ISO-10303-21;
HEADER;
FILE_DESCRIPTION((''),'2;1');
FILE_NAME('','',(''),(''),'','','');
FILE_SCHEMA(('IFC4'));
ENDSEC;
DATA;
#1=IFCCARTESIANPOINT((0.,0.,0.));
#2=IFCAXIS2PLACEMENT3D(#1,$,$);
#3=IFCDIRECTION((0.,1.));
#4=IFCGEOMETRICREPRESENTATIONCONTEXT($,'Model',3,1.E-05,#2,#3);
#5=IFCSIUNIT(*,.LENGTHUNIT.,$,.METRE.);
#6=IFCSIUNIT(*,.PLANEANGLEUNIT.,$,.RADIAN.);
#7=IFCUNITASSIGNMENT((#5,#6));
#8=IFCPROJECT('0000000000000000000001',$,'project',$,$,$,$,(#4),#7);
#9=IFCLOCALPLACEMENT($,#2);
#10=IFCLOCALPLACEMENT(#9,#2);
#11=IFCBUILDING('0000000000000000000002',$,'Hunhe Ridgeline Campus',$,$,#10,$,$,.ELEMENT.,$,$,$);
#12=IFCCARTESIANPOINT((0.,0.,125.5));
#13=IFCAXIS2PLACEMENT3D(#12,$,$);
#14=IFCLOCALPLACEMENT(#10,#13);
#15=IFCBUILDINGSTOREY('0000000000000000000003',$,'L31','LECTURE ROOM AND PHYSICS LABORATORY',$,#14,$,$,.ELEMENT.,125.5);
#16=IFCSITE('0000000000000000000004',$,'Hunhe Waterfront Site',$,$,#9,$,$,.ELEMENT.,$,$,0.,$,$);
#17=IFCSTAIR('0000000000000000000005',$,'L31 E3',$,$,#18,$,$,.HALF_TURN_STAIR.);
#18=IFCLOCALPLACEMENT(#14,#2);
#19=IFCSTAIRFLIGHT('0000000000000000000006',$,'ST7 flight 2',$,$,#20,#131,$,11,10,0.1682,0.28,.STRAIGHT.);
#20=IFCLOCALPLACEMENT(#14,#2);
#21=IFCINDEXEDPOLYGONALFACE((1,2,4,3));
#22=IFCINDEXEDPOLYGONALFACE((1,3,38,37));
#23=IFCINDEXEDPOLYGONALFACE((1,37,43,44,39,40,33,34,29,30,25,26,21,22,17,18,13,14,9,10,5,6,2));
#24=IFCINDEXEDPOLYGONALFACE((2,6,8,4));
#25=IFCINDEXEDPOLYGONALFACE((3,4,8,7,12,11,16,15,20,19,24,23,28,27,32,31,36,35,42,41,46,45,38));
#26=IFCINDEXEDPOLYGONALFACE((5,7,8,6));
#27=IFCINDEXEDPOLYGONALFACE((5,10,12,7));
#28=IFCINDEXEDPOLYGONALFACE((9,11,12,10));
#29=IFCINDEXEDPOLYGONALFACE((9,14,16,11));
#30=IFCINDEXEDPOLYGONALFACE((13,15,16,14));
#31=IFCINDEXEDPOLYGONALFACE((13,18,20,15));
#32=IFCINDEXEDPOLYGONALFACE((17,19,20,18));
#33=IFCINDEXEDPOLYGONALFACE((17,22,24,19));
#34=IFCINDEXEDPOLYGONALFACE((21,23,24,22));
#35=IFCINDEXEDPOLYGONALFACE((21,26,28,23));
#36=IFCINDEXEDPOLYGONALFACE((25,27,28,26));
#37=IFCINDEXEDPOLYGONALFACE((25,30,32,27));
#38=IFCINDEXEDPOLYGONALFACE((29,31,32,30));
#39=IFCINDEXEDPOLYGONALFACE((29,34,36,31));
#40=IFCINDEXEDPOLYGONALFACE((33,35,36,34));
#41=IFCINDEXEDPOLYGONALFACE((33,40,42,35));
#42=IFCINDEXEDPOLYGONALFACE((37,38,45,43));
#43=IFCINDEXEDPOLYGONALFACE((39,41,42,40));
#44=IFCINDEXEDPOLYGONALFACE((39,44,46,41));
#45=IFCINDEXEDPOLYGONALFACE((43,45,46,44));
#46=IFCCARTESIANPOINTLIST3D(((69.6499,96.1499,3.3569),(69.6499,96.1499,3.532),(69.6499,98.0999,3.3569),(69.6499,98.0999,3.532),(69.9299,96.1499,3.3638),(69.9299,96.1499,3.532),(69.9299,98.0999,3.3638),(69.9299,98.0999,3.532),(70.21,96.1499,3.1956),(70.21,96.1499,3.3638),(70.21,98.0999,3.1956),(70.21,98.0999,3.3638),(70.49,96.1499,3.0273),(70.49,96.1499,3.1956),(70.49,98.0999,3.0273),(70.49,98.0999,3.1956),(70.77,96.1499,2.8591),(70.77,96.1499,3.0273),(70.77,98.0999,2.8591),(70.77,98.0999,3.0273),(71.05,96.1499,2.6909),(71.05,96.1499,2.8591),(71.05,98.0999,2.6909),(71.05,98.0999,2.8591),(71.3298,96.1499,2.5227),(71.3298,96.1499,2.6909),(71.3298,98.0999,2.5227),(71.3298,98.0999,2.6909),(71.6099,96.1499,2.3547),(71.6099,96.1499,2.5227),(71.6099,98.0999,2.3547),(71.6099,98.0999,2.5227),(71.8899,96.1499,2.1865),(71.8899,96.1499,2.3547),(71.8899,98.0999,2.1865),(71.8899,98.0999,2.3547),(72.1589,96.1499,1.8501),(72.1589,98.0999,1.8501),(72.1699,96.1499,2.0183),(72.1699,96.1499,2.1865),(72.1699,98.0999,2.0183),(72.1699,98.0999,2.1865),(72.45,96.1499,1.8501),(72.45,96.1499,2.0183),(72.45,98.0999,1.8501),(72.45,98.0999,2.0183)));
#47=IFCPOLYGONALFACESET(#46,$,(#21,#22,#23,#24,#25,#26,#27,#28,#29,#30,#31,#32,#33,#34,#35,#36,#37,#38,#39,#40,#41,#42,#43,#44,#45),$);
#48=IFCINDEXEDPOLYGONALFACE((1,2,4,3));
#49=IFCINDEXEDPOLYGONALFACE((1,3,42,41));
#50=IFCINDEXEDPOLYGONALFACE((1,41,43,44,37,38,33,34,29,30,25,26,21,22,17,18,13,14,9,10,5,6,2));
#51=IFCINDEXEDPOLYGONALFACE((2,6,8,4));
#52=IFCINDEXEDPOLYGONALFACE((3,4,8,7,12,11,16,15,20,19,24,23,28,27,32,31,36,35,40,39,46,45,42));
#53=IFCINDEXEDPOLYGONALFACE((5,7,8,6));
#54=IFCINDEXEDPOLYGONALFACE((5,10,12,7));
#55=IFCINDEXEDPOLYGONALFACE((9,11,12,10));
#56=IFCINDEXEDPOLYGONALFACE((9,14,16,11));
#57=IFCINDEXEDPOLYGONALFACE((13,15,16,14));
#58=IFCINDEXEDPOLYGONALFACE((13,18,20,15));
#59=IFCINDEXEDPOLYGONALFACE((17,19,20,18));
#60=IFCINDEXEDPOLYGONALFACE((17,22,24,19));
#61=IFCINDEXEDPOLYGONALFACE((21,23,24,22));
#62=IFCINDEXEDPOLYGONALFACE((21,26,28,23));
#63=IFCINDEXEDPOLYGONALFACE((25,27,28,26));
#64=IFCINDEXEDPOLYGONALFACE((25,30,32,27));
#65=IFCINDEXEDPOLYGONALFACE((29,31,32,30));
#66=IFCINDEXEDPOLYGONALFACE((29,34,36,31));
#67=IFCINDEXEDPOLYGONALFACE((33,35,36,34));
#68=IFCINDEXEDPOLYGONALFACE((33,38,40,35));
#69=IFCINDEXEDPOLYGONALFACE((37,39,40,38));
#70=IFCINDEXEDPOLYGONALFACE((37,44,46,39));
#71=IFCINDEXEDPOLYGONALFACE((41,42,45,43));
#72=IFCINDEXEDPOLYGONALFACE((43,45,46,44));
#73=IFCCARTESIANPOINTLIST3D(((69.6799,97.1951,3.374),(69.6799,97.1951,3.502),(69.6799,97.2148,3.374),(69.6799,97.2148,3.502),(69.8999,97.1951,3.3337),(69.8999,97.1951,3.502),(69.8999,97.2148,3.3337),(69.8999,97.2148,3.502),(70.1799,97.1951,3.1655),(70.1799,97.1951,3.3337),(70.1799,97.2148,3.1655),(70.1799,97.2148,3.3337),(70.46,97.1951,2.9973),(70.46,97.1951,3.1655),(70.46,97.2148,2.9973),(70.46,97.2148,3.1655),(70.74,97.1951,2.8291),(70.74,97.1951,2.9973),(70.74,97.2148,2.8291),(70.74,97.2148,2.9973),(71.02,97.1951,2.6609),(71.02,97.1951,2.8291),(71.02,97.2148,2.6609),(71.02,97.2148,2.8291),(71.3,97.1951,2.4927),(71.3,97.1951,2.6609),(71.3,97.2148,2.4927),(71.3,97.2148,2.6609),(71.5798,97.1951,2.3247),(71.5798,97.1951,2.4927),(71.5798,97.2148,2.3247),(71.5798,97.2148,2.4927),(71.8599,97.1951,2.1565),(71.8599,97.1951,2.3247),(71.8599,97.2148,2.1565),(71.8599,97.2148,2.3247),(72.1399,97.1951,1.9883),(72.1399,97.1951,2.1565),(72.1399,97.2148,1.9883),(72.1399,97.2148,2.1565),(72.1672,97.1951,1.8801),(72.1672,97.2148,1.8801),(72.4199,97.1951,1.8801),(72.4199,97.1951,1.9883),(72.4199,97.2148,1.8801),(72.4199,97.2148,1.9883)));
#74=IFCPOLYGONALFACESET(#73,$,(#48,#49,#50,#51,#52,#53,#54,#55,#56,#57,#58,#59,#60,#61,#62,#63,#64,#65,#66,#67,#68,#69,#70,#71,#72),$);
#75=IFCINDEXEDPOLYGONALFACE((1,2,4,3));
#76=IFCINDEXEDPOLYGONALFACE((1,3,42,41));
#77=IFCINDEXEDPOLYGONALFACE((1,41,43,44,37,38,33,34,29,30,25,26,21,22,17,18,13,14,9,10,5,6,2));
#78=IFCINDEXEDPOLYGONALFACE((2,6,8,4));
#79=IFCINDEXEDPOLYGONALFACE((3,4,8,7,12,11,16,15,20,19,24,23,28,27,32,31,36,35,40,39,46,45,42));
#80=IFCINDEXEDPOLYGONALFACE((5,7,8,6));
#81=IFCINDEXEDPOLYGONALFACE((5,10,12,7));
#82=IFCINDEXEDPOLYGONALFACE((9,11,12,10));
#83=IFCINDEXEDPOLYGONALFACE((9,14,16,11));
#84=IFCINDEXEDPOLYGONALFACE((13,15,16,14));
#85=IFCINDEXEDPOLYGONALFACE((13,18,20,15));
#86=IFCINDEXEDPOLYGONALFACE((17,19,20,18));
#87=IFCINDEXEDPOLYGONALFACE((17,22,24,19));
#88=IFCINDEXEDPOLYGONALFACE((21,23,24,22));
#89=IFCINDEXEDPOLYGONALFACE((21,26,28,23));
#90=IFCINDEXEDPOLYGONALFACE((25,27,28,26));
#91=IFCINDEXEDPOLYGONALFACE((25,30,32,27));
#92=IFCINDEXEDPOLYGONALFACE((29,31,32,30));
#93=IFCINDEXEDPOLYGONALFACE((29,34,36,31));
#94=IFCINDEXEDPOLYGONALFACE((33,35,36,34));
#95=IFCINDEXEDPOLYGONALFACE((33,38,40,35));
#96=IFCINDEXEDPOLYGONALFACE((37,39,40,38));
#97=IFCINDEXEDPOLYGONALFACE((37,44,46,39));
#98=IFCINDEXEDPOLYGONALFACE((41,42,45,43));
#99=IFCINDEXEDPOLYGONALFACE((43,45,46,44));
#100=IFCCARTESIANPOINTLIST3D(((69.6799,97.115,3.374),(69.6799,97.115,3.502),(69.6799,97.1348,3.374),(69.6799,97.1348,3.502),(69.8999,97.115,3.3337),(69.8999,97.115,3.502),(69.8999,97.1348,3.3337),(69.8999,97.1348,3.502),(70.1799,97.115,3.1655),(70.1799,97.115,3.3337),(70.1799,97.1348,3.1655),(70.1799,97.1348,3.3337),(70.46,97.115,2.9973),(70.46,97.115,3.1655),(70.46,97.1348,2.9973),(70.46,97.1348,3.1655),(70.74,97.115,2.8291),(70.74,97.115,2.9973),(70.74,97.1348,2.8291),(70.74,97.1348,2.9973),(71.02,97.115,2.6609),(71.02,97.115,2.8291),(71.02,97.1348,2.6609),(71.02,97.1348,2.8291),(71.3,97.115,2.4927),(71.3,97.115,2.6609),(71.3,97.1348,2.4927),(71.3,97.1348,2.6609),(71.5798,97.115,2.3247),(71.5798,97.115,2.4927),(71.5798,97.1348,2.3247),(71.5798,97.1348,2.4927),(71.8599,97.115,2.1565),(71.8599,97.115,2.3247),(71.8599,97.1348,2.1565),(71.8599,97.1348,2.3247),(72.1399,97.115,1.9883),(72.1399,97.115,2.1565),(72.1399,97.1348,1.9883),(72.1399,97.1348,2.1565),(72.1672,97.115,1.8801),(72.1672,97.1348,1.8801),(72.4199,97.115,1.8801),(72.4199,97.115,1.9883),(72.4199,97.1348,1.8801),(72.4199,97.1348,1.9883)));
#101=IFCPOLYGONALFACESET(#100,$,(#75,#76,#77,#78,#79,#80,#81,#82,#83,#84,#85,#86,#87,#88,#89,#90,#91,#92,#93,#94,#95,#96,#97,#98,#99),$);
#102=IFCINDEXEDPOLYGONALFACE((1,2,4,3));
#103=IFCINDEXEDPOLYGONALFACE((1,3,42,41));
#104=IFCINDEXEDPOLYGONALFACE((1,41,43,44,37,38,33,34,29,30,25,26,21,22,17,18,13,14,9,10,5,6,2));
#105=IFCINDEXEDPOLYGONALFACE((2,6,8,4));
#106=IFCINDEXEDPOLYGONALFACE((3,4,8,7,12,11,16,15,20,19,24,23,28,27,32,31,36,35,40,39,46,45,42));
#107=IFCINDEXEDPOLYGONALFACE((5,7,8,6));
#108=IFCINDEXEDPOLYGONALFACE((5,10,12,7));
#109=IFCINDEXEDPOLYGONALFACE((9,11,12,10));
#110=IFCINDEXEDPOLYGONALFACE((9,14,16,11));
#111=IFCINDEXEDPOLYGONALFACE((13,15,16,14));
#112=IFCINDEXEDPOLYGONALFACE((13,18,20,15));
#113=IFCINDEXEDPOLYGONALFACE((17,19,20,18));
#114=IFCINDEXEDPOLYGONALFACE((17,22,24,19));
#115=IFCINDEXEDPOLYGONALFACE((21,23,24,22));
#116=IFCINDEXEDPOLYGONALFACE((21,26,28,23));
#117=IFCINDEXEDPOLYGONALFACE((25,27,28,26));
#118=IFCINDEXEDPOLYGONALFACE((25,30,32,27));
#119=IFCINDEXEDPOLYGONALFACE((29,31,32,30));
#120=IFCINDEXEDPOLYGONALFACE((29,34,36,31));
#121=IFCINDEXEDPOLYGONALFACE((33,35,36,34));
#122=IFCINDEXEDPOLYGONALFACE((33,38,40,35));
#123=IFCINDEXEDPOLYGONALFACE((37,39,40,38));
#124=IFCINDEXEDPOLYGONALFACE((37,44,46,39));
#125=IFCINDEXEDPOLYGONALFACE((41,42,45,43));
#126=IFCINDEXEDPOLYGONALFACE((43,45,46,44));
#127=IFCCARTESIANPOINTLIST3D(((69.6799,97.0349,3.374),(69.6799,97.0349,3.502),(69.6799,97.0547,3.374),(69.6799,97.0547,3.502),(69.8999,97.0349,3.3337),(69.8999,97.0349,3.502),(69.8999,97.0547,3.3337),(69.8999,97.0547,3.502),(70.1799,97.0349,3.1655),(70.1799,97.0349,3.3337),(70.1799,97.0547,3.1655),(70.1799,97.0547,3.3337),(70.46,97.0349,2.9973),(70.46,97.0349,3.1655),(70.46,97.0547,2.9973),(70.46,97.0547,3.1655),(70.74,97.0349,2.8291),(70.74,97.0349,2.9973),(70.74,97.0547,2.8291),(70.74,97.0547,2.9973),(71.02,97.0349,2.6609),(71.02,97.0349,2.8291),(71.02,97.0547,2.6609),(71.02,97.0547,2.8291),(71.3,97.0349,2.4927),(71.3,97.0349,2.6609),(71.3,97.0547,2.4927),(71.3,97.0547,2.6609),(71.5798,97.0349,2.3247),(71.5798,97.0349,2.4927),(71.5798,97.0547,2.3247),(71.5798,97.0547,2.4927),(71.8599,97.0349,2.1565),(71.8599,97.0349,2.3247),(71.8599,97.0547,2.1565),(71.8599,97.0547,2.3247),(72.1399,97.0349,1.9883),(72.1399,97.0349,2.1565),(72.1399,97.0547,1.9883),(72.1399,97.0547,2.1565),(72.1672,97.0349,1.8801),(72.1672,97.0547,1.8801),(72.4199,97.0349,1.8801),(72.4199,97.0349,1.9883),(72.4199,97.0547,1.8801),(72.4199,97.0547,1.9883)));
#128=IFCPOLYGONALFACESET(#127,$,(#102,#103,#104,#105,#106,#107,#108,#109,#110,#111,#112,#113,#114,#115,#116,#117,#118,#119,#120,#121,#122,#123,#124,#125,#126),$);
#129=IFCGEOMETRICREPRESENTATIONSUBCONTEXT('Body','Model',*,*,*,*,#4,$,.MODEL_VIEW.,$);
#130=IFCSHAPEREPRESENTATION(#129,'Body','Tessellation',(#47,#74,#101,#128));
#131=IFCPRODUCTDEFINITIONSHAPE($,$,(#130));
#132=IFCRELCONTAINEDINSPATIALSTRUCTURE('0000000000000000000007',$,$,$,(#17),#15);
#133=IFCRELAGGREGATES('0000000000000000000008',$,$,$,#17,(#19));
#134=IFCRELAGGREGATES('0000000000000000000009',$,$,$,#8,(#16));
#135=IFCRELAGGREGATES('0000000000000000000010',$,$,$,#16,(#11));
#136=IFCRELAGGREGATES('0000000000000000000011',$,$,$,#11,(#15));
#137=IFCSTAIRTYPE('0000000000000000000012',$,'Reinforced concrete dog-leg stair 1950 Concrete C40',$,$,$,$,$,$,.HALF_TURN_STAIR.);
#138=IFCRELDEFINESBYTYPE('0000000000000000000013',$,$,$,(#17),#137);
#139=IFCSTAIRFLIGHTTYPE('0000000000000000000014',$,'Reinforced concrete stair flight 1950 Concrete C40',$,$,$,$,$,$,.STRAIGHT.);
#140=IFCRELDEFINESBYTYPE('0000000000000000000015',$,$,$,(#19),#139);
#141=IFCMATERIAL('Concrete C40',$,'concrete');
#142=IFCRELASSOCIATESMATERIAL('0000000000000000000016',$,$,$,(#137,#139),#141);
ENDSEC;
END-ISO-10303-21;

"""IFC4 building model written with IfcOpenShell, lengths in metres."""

from ifc_helpers import new_model, si_unit, direction, frame, origin, place, context, subcontext, project, spatial, polyline, outline, extrude, material, type_object, element, aggregate, save


model = new_model("IFC4")

# Units and contexts
model_context = context("Model", 3, precision=1e-05, world=origin(), true_north=direction((0.0, 1.0)))
body_context = subcontext(model_context, "Body", "Model", "MODEL_VIEW")
ifc_project = project(units=[si_unit("LENGTHUNIT", "METRE"), si_unit("PLANEANGLEUNIT", "RADIAN")], contexts=[model_context])

# Site, building, storey
site_placement = place(None, origin())
site = spatial("IfcSite", under=ifc_project, at=site_placement, Name="Hunhe Waterfront Site", CompositionType="ELEMENT", RefElevation=0.0)
building_placement = place(site_placement, origin())
building = spatial("IfcBuilding", under=site, at=building_placement, Name="Hunhe Ridgeline Campus", CompositionType="ELEMENT")
storey_placement = place(building_placement, frame((0.0, 0.0, 125.5)))
storey = spatial("IfcBuildingStorey", under=building, at=storey_placement, Name="L31", Description="LECTURE ROOM AND PHYSICS LABORATORY", CompositionType="ELEMENT", Elevation=125.5)

# Stair, stair flight
ifc_material_1 = material(Name="Concrete C40", Category="concrete")
stair_type = type_object("IfcStairType", Name="Reinforced concrete dog-leg stair 1950 Concrete C40", PredefinedType="HALF_TURN_STAIR", material=ifc_material_1)
stair_placement = place(storey_placement, origin())
stair = element("IfcStair", 1, at=stair_placement, inside=storey, type_object=stair_type, Name="L31 E3", PredefinedType="HALF_TURN_STAIR")
stair_flight_type = type_object("IfcStairFlightType", Name="Reinforced concrete stair flight 1950 Concrete C40", PredefinedType="STRAIGHT", material=ifc_material_1)
stair_flight_placement = place(storey_placement, frame((72.45, 97.125, 1.8501), z_axis=(0.0, 0.0, 1.0), x_axis=(-1.0, 0.0, 0.0)))
stair_flight = element("IfcStairFlight", 2, at=stair_flight_placement, type_object=stair_flight_type, Name="ST7 flight 2", NumberOfRisers=11, NumberOfTreads=10, PredefinedType="STRAIGHT", RiserHeight=0.1682, TreadLength=0.28, context=body_context, shape_type="SweptSolid", body=[
    extrude(outline(polyline([(0.0, 0.0), (0.0, 0.1682), (0.28, 0.1682), (0.28, 0.3364), (0.5601, 0.3364), (0.5601, 0.5046), (0.8401, 0.5046), (0.8401, 0.6726), (1.1201, 0.6726), (1.1201, 0.8408), (1.3999, 0.8408), (1.3999, 1.009), (1.6799, 1.009), (1.6799, 1.1772), (1.96, 1.1772), (1.96, 1.3455), (2.24, 1.3455), (2.24, 1.5137), (2.52, 1.5137), (2.52, 1.6819), (2.8, 1.6819), (2.8, 1.8501), (2.8, 1.5068), (0.291, 0.0), (0.0, 0.0)])), frame((0.0, 0.9751, 0.0), z_axis=(0.0, -1.0, 0.0), x_axis=(1.0, 0.0, 0.0)), (0.0, 0.0, 1.0), 1.95),
    extrude(outline(polyline([(0.03, 0.03), (0.03, 0.1382), (0.3101, 0.1382), (0.3101, 0.3064), (0.5901, 0.3064), (0.5901, 0.4746), (0.8701, 0.4746), (0.8701, 0.6426), (1.1499, 0.6426), (1.1499, 0.8108), (1.4299, 0.8108), (1.4299, 0.979), (1.71, 0.979), (1.71, 1.1472), (1.99, 1.1472), (1.99, 1.3154), (2.27, 1.3154), (2.27, 1.4836), (2.55, 1.4836), (2.55, 1.6519), (2.77, 1.6519), (2.77, 1.5239), (0.2827, 0.03), (0.03, 0.03)])), frame((0.0, -0.0701, 0.0), z_axis=(0.0, -1.0, 0.0), x_axis=(1.0, 0.0, 0.0)), (0.0, 0.0, 1.0), 0.0198),
    extrude(outline(polyline([(0.03, 0.03), (0.03, 0.1382), (0.3101, 0.1382), (0.3101, 0.3064), (0.5901, 0.3064), (0.5901, 0.4746), (0.8701, 0.4746), (0.8701, 0.6426), (1.1499, 0.6426), (1.1499, 0.8108), (1.4299, 0.8108), (1.4299, 0.979), (1.71, 0.979), (1.71, 1.1472), (1.99, 1.1472), (1.99, 1.3154), (2.27, 1.3154), (2.27, 1.4836), (2.55, 1.4836), (2.55, 1.6519), (2.77, 1.6519), (2.77, 1.5239), (0.2827, 0.03), (0.03, 0.03)])), frame((0.0, 0.01, 0.0), z_axis=(0.0, -1.0, 0.0), x_axis=(1.0, 0.0, 0.0)), (0.0, 0.0, 1.0), 0.0198),
    extrude(outline(polyline([(0.03, 0.03), (0.03, 0.1382), (0.3101, 0.1382), (0.3101, 0.3064), (0.5901, 0.3064), (0.5901, 0.4746), (0.8701, 0.4746), (0.8701, 0.6426), (1.1499, 0.6426), (1.1499, 0.8108), (1.4299, 0.8108), (1.4299, 0.979), (1.71, 0.979), (1.71, 1.1472), (1.99, 1.1472), (1.99, 1.3154), (2.27, 1.3154), (2.27, 1.4836), (2.55, 1.4836), (2.55, 1.6519), (2.77, 1.6519), (2.77, 1.5239), (0.2827, 0.03), (0.03, 0.03)])), frame((0.0, 0.0901, 0.0), z_axis=(0.0, -1.0, 0.0), x_axis=(1.0, 0.0, 0.0)), (0.0, 0.0, 1.0), 0.0198),
])
aggregate(stair, [stair_flight])

save(model, "model.ifc")
